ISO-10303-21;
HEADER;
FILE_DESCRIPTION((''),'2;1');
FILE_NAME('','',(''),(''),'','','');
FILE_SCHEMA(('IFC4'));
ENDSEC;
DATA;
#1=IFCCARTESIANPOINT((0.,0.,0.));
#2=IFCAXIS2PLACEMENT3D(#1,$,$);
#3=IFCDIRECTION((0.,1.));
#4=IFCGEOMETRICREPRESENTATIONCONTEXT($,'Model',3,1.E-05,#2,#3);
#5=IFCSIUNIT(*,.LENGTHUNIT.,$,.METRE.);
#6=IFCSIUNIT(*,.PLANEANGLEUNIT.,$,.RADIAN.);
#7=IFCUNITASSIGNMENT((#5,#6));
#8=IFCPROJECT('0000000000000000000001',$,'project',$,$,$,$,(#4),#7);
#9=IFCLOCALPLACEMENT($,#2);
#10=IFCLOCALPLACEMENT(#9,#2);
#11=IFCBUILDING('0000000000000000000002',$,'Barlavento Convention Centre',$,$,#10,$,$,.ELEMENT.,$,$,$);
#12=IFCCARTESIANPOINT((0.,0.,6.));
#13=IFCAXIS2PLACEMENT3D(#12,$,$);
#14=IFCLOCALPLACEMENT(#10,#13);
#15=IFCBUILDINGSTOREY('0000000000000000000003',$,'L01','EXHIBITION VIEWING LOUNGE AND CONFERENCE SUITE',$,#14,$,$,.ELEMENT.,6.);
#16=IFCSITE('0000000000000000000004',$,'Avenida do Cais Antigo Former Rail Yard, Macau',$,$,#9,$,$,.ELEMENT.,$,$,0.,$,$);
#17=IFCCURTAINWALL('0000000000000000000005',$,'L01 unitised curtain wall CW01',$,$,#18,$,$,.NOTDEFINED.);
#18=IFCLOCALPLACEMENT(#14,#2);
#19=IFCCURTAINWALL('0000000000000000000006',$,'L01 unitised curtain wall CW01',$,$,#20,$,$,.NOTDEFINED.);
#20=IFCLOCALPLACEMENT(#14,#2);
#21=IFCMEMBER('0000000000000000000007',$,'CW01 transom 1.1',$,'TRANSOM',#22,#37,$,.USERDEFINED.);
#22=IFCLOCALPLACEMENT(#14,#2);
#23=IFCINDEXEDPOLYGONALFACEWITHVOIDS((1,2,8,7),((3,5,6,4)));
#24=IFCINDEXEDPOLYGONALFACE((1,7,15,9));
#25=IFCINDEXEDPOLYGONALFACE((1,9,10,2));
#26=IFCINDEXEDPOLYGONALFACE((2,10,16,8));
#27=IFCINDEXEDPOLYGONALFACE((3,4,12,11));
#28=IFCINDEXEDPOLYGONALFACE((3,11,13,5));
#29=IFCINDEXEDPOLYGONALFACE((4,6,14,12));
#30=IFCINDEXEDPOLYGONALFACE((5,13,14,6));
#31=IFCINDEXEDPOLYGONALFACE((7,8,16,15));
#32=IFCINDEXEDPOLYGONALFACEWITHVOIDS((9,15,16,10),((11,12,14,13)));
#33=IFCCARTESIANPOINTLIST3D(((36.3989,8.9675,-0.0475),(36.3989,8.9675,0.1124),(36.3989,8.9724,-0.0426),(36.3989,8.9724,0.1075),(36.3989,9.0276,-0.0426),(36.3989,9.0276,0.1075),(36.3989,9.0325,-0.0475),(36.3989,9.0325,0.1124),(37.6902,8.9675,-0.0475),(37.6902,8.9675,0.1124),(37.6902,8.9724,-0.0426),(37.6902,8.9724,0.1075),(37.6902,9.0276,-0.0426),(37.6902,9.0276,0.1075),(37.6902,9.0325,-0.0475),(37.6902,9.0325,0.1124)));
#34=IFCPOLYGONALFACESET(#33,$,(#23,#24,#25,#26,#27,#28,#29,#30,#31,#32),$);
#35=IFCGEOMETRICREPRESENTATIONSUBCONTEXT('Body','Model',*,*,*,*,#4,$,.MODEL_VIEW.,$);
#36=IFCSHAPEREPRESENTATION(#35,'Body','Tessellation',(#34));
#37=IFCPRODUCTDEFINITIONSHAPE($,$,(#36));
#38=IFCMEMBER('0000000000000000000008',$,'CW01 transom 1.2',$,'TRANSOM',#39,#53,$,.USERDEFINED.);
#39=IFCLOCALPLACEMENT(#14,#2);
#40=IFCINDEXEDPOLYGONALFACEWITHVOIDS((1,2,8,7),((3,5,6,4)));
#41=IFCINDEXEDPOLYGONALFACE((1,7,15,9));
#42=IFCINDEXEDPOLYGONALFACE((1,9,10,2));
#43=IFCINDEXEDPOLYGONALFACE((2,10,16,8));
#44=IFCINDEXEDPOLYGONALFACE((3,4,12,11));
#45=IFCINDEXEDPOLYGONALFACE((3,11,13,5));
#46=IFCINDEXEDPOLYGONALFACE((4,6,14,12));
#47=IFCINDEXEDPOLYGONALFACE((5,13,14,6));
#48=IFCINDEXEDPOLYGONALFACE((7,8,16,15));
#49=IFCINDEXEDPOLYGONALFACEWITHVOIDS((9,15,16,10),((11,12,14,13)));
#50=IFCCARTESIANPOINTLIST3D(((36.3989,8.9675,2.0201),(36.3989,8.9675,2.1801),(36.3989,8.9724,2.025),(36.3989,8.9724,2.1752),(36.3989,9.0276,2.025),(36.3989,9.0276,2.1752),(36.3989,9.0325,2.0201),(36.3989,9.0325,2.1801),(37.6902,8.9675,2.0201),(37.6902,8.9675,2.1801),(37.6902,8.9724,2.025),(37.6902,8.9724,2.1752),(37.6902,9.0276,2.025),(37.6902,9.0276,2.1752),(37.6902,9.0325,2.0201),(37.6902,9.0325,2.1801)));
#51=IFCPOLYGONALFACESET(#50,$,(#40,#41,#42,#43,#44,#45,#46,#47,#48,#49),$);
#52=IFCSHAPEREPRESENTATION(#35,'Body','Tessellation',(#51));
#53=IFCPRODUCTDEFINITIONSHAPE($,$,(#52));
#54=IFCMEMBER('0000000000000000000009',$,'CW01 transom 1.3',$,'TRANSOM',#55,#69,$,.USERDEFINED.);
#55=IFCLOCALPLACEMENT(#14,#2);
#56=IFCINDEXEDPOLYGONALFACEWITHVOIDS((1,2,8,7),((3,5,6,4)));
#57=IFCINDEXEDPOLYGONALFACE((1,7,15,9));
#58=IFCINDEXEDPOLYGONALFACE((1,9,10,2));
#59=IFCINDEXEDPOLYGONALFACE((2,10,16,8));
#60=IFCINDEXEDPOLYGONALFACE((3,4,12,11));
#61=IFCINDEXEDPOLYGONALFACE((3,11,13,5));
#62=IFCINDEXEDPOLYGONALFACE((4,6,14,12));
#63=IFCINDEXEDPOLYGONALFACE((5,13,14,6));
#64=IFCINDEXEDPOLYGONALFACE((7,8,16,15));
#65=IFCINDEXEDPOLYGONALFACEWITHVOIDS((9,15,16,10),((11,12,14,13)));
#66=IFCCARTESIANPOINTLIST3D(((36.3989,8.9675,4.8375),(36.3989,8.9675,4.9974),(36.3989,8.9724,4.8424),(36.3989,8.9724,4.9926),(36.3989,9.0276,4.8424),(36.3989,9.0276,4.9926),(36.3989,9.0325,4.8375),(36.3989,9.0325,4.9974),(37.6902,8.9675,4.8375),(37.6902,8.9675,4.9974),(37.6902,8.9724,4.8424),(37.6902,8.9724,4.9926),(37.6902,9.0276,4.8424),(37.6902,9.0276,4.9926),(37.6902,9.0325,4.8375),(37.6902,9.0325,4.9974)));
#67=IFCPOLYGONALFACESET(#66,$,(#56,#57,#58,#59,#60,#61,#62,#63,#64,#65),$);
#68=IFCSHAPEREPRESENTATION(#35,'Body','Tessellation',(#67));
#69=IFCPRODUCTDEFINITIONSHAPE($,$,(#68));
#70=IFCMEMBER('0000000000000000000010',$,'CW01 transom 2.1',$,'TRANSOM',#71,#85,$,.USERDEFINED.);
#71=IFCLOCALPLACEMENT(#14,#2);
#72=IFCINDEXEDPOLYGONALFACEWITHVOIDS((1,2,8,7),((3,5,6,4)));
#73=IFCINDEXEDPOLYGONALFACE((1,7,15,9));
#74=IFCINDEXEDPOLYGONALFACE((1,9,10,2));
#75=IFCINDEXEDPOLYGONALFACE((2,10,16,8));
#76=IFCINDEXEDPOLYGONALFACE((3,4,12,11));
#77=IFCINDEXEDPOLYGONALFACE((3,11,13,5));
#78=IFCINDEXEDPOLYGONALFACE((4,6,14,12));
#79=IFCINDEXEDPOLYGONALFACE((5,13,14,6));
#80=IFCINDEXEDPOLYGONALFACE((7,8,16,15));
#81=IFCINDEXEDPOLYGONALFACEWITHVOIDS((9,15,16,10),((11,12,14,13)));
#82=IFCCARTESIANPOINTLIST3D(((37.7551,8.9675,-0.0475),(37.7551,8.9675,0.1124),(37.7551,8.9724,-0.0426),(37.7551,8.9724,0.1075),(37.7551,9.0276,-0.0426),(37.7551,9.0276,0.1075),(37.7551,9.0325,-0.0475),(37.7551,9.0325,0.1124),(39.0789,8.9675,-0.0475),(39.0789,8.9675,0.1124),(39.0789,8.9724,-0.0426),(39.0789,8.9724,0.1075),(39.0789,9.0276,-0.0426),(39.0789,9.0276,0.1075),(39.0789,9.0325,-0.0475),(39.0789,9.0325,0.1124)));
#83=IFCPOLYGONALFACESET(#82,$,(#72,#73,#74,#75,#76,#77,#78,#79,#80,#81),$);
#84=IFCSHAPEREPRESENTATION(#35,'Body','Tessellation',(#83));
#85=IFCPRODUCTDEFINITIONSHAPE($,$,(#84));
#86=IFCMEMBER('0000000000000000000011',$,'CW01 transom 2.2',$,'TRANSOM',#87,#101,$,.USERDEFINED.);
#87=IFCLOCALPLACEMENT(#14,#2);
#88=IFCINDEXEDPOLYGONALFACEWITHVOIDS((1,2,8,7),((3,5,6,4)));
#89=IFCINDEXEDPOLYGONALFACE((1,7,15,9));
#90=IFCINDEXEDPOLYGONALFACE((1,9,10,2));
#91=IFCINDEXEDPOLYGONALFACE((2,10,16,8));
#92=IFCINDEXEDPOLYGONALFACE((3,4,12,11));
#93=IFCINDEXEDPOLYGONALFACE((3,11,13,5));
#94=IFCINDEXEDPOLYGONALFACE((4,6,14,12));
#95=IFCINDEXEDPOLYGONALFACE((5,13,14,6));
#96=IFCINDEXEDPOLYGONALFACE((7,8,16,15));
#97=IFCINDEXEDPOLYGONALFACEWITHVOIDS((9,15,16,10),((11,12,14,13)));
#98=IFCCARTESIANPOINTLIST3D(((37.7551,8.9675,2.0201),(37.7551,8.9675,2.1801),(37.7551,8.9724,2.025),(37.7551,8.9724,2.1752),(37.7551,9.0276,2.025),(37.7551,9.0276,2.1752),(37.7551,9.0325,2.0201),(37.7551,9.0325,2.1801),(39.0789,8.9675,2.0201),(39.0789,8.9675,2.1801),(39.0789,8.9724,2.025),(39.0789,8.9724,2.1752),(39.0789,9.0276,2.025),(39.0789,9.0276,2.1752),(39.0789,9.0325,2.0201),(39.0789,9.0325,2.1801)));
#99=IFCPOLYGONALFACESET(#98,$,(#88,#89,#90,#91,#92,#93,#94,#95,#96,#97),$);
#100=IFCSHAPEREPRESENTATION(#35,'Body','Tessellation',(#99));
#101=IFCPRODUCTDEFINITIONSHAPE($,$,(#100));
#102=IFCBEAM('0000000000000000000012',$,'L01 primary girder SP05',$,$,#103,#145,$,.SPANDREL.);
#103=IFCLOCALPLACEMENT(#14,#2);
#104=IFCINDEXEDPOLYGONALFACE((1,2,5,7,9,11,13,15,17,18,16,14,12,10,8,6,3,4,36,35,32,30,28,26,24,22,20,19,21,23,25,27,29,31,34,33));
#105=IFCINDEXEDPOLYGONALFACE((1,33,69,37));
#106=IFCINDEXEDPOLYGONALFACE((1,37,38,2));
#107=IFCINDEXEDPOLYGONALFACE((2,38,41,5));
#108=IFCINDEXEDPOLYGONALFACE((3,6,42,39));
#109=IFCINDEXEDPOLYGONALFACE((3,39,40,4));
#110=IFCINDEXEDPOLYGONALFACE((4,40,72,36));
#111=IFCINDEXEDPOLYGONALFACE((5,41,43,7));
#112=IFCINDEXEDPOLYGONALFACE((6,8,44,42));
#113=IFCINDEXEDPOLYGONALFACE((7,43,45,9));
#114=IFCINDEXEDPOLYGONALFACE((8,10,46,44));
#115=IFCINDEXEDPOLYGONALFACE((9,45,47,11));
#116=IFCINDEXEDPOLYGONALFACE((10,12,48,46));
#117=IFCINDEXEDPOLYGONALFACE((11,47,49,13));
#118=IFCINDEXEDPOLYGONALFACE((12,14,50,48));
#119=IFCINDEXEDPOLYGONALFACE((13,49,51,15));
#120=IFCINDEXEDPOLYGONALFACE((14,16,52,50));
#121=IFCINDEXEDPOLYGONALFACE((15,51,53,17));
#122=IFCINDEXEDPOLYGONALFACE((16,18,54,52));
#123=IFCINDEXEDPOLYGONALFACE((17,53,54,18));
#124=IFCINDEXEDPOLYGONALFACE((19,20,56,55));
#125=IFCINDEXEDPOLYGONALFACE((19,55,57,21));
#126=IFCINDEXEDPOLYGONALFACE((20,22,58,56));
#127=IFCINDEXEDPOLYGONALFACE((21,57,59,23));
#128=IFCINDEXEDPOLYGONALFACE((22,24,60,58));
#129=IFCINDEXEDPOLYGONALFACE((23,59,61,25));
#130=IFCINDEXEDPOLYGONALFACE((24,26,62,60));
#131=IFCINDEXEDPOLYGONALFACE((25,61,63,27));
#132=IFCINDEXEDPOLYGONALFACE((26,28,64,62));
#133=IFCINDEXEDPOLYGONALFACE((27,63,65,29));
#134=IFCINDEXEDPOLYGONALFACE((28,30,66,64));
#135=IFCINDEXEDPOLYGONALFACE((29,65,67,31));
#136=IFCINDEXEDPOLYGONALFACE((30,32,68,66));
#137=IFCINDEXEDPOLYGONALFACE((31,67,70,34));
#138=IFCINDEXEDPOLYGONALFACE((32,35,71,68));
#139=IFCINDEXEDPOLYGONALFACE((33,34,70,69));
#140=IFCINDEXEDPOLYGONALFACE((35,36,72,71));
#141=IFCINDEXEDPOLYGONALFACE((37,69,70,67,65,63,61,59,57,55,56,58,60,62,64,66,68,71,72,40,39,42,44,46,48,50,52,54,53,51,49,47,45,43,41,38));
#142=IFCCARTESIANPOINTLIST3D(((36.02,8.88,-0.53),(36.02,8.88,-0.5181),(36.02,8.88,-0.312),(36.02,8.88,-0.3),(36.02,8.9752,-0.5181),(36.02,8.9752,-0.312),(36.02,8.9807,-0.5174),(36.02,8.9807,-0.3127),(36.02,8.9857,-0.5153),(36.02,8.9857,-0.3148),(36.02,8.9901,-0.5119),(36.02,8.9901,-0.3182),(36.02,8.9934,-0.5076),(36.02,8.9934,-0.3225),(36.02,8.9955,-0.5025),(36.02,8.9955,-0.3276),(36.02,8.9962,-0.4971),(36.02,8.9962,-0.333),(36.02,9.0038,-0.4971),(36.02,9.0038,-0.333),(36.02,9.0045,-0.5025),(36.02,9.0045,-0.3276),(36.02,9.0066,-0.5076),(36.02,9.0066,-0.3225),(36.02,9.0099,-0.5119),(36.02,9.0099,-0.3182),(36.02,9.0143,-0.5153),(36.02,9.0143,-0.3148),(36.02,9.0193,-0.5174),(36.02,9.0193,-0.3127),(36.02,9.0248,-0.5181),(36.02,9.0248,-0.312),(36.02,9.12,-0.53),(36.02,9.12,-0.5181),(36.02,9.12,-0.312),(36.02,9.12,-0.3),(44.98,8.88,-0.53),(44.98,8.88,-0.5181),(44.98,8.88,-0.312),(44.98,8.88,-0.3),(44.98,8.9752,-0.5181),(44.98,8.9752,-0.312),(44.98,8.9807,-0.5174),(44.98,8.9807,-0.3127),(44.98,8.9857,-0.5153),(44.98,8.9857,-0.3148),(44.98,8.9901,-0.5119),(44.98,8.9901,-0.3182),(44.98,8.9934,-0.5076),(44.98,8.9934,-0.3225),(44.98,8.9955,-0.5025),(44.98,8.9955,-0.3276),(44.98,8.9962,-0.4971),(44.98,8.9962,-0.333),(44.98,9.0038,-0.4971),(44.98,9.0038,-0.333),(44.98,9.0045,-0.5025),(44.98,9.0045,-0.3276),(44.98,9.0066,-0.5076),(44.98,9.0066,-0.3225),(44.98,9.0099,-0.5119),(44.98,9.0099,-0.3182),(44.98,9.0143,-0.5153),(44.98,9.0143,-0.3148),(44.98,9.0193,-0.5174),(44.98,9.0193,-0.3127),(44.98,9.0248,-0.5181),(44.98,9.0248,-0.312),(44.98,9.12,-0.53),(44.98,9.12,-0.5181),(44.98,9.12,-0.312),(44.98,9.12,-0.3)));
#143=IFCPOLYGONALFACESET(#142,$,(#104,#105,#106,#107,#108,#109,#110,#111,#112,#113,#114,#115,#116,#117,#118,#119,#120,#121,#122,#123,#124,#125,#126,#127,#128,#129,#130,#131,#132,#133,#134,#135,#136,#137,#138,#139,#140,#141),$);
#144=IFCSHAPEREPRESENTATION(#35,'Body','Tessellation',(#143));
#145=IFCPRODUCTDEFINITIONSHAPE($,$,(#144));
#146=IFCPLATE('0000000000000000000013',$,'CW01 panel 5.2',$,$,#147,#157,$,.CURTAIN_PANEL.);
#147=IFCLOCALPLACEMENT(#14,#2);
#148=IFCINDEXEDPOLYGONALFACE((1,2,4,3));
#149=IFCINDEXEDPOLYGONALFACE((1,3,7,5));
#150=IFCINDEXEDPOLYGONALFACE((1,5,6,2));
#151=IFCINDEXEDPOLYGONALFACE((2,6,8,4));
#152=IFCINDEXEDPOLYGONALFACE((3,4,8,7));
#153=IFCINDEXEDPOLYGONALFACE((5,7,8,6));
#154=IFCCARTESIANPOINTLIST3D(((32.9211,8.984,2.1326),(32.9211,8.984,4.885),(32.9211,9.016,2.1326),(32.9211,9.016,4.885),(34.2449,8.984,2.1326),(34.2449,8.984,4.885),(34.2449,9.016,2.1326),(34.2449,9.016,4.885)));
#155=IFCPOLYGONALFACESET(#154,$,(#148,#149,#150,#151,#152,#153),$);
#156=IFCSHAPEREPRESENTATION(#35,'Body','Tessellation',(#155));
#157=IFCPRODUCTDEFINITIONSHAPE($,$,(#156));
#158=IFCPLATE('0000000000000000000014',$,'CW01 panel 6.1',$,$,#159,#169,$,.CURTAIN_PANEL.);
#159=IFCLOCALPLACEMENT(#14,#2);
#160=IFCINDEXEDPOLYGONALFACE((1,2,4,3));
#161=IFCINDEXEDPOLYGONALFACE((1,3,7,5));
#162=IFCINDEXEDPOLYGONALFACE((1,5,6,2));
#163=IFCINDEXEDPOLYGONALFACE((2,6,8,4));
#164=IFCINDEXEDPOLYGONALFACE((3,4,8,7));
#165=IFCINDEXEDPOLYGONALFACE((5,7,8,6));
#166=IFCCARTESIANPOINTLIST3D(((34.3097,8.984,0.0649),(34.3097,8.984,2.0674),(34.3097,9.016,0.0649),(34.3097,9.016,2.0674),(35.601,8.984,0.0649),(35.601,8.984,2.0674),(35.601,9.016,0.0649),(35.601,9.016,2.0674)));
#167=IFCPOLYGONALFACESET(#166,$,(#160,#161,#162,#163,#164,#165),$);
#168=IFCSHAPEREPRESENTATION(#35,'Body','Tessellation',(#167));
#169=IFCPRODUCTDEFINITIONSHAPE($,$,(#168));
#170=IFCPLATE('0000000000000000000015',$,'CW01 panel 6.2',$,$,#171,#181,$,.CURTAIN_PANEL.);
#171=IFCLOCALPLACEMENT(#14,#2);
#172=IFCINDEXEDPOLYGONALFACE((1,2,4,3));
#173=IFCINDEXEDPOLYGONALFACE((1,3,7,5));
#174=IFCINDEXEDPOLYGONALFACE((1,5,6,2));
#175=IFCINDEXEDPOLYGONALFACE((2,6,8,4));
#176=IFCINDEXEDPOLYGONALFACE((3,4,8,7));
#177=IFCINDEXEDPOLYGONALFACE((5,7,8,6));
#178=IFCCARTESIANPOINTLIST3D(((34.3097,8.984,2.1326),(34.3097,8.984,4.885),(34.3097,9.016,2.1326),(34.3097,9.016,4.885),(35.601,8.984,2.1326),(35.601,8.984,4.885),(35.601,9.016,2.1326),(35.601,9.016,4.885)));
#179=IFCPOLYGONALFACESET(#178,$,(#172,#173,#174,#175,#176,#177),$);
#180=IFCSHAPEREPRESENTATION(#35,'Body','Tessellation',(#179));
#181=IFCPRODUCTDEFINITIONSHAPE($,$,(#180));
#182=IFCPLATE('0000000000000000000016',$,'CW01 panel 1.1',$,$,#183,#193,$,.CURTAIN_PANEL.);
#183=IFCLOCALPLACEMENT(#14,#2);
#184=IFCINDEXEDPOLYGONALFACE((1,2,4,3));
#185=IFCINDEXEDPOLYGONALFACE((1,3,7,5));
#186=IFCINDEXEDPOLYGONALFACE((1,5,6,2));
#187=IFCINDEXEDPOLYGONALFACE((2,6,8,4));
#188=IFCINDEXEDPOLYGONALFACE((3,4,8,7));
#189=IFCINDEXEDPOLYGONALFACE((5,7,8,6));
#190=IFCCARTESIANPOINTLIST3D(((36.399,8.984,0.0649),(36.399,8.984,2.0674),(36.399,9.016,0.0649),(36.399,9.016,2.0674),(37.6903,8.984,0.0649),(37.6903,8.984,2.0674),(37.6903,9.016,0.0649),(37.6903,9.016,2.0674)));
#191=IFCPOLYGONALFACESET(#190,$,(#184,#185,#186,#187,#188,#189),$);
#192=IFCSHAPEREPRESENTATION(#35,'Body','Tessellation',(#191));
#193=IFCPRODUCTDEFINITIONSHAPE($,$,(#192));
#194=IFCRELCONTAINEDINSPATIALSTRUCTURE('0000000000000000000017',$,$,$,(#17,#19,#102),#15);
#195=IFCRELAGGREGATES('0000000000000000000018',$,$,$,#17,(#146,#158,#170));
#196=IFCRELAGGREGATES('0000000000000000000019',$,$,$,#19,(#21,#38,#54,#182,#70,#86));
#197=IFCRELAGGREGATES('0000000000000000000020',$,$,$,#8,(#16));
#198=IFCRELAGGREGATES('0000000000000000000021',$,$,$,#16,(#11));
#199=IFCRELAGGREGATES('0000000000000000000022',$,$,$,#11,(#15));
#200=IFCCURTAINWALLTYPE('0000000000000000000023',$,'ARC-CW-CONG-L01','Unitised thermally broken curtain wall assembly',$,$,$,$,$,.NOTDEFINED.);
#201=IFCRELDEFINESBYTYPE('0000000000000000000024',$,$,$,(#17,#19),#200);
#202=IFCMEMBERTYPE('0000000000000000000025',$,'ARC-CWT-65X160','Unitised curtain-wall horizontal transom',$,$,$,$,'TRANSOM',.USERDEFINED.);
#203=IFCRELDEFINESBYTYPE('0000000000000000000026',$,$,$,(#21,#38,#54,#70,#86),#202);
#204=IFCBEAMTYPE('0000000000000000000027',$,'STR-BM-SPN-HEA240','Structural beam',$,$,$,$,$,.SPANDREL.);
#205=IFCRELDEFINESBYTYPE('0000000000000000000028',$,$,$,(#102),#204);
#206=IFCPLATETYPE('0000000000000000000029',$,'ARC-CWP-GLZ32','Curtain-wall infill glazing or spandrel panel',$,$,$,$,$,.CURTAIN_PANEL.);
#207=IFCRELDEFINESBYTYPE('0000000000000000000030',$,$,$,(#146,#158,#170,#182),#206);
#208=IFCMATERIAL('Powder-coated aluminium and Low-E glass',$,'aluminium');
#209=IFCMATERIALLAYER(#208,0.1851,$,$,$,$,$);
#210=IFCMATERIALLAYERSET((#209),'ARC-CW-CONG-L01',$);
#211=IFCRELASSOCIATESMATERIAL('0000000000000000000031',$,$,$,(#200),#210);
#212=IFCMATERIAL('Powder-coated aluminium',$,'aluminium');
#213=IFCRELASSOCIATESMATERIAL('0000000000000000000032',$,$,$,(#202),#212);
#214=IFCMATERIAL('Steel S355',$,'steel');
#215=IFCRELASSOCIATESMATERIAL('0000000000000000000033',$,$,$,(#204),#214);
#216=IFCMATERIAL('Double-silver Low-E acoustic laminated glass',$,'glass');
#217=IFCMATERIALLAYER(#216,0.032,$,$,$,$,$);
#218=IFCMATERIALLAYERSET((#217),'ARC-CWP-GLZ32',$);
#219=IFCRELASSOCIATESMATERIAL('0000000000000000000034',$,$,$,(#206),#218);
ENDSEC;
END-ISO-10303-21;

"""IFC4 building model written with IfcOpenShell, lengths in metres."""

from ifc_helpers import new_model, si_unit, direction, frame, origin, origin_2d, place, context, subcontext, project, spatial, rectangle, hollow_rectangle, i_section, extrude, material, layer, layer_set, material_profile, profile_set, type_object, element, aggregate, save


model = new_model("IFC4")

# Units and contexts
model_context = context("Model", 3, precision=1e-05, world=origin(), true_north=direction((0.0, 1.0)))
body_context = subcontext(model_context, "Body", "Model", "MODEL_VIEW")
ifc_project = project(units=[si_unit("LENGTHUNIT", "METRE"), si_unit("PLANEANGLEUNIT", "RADIAN")], contexts=[model_context])

# Site, building, storey
site_placement = place(None, origin())
site = spatial("IfcSite", under=ifc_project, at=site_placement, Name="Avenida do Cais Antigo Former Rail Yard, Macau", CompositionType="ELEMENT", RefElevation=0.0)
building_placement = place(site_placement, origin())
building = spatial("IfcBuilding", under=site, at=building_placement, Name="Barlavento Convention Centre", CompositionType="ELEMENT")
storey_placement = place(building_placement, frame((0.0, 0.0, 6.0)))
storey = spatial("IfcBuildingStorey", under=building, at=storey_placement, Name="L01", Description="EXHIBITION VIEWING LOUNGE AND CONFERENCE SUITE", CompositionType="ELEMENT", Elevation=6.0)

# Curtain walls
ifc_material_1 = material(Name="Powder-coated aluminium and Low-E glass", Category="aluminium")
ifc_layer_1 = layer(ifc_material_1, 0.1851)
ifc_layer_set_1 = layer_set([ifc_layer_1], Name="ARC-CW-CONG-L01")
curtain_wall_type = type_object("IfcCurtainWallType", Name="ARC-CW-CONG-L01", Description="Unitised thermally broken curtain wall assembly", PredefinedType="NOTDEFINED", material=ifc_layer_set_1)
curtain_wall_1_placement = place(storey_placement, origin())
curtain_wall_1 = element("IfcCurtainWall", 1, at=curtain_wall_1_placement, inside=storey, type_object=curtain_wall_type, Name="L01 unitised curtain wall CW01", PredefinedType="NOTDEFINED")
ifc_material_2 = material(Name="Powder-coated aluminium", Category="aluminium")
curtain_wall_2_placement = place(storey_placement, origin())
curtain_wall_2 = element("IfcCurtainWall", 2, at=curtain_wall_2_placement, inside=storey, type_object=curtain_wall_type, Name="L01 unitised curtain wall CW01", PredefinedType="NOTDEFINED")

# Members
ifc_material_profile_1 = material_profile(ifc_material_2, hollow_rectangle(XDim=0.0649, YDim=0.1599, WallThickness=0.0049, at=origin_2d()), Name="AL-TRAN 65x160x5")
ifc_profile_set_1 = profile_set([ifc_material_profile_1], Name="Powder-coated aluminium")
member_type_1 = type_object("IfcMemberType", Name="ARC-CWT-65X160", Description="Unitised curtain-wall horizontal transom", ElementType="TRANSOM", PredefinedType="USERDEFINED", material=ifc_profile_set_1)
member_1_placement = place(storey_placement, frame((36.3989, 9.0, 0.0325), z_axis=(1.0, 0.0, 0.0), x_axis=(0.0, 1.0, 0.0)))
member_1 = element("IfcMember", 3, at=member_1_placement, type_object=member_type_1, Name="CW01 transom 1.1", ObjectType="TRANSOM", PredefinedType="USERDEFINED", context=body_context, shape_type="SweptSolid", body=[
    extrude(hollow_rectangle(XDim=0.0649, YDim=0.1599, WallThickness=0.0049, at=origin_2d()), origin(), (0.0, 0.0, 1.0), 1.2913),
])
member_2_placement = place(storey_placement, frame((36.3989, 9.0, 2.1001), z_axis=(1.0, 0.0, 0.0), x_axis=(0.0, 1.0, 0.0)))
member_2 = element("IfcMember", 4, at=member_2_placement, type_object=member_type_1, Name="CW01 transom 1.2", ObjectType="TRANSOM", PredefinedType="USERDEFINED", context=body_context, shape_type="SweptSolid", body=[
    extrude(hollow_rectangle(XDim=0.0649, YDim=0.1599, WallThickness=0.0049, at=origin_2d()), origin(), (0.0, 0.0, 1.0), 1.2913),
])
member_3_placement = place(storey_placement, frame((36.3989, 9.0, 4.9175), z_axis=(1.0, 0.0, 0.0), x_axis=(0.0, 1.0, 0.0)))
member_3 = element("IfcMember", 5, at=member_3_placement, type_object=member_type_1, Name="CW01 transom 1.3", ObjectType="TRANSOM", PredefinedType="USERDEFINED", context=body_context, shape_type="SweptSolid", body=[
    extrude(hollow_rectangle(XDim=0.0649, YDim=0.1599, WallThickness=0.0049, at=origin_2d()), origin(), (0.0, 0.0, 1.0), 1.2913),
])
member_4_placement = place(storey_placement, frame((37.7551, 9.0, 0.0325), z_axis=(1.0, 0.0, 0.0), x_axis=(0.0, 1.0, 0.0)))
member_4 = element("IfcMember", 6, at=member_4_placement, type_object=member_type_1, Name="CW01 transom 2.1", ObjectType="TRANSOM", PredefinedType="USERDEFINED", context=body_context, shape_type="SweptSolid", body=[
    extrude(hollow_rectangle(XDim=0.0649, YDim=0.1599, WallThickness=0.0049, at=origin_2d()), origin(), (0.0, 0.0, 1.0), 1.3237),
])
member_5_placement = place(storey_placement, frame((37.7551, 9.0, 2.1001), z_axis=(1.0, 0.0, 0.0), x_axis=(0.0, 1.0, 0.0)))
member_5 = element("IfcMember", 7, at=member_5_placement, type_object=member_type_1, Name="CW01 transom 2.2", ObjectType="TRANSOM", PredefinedType="USERDEFINED", context=body_context, shape_type="SweptSolid", body=[
    extrude(hollow_rectangle(XDim=0.0649, YDim=0.1599, WallThickness=0.0049, at=origin_2d()), origin(), (0.0, 0.0, 1.0), 1.3237),
])

# Beam
ifc_material_3 = material(Name="Steel S355", Category="steel")
ifc_material_profile_2 = material_profile(ifc_material_3, i_section(OverallWidth=0.24, OverallDepth=0.23, WebThickness=0.0076, FlangeThickness=0.012, FilletRadius=0.021, at=origin_2d()), Name="HEA 240")
ifc_profile_set_2 = profile_set([ifc_material_profile_2], Name="Steel S355")
beam_type = type_object("IfcBeamType", Name="STR-BM-SPN-HEA240", Description="Structural beam", PredefinedType="SPANDREL", material=ifc_profile_set_2)
beam_placement = place(storey_placement, frame((36.02, 9.0, -0.415), z_axis=(1.0, 0.0, 0.0), x_axis=(0.0, 1.0, 0.0)))
element("IfcBeam", 8, at=beam_placement, inside=storey, type_object=beam_type, Name="L01 primary girder SP05", PredefinedType="SPANDREL", context=body_context, shape_type="SweptSolid", body=[
    extrude(i_section(OverallWidth=0.24, OverallDepth=0.23, WebThickness=0.0076, FlangeThickness=0.012, FilletRadius=0.021, at=origin_2d()), origin(), (0.0, 0.0, 1.0), 8.96),
])

# Plates
ifc_material_4 = material(Name="Double-silver Low-E acoustic laminated glass", Category="glass")
ifc_layer_2 = layer(ifc_material_4, 0.032)
ifc_layer_set_2 = layer_set([ifc_layer_2], Name="ARC-CWP-GLZ32")
plate_type_1 = type_object("IfcPlateType", Name="ARC-CWP-GLZ32", Description="Curtain-wall infill glazing or spandrel panel", PredefinedType="CURTAIN_PANEL", material=ifc_layer_set_2)
plate_1_placement = place(storey_placement, frame((33.583, 9.0, 2.1326), z_axis=(0.0, 0.0, 1.0), x_axis=(1.0, 0.0, 0.0)))
plate_1 = element("IfcPlate", 9, at=plate_1_placement, type_object=plate_type_1, Name="CW01 panel 5.2", PredefinedType="CURTAIN_PANEL", context=body_context, shape_type="SweptSolid", body=[
    extrude(rectangle(XDim=1.3237, YDim=0.032, at=origin_2d()), origin(), (0.0, 0.0, 1.0), 2.7524),
])
plate_2_placement = place(storey_placement, frame((34.9553, 9.0, 0.0649), z_axis=(0.0, 0.0, 1.0), x_axis=(1.0, 0.0, 0.0)))
plate_2 = element("IfcPlate", 10, at=plate_2_placement, type_object=plate_type_1, Name="CW01 panel 6.1", PredefinedType="CURTAIN_PANEL", context=body_context, shape_type="SweptSolid", body=[
    extrude(rectangle(XDim=1.2913, YDim=0.032, at=origin_2d()), origin(), (0.0, 0.0, 1.0), 2.0024),
])
plate_3_placement = place(storey_placement, frame((34.9553, 9.0, 2.1326), z_axis=(0.0, 0.0, 1.0), x_axis=(1.0, 0.0, 0.0)))
plate_3 = element("IfcPlate", 11, at=plate_3_placement, type_object=plate_type_1, Name="CW01 panel 6.2", PredefinedType="CURTAIN_PANEL", context=body_context, shape_type="SweptSolid", body=[
    extrude(rectangle(XDim=1.2913, YDim=0.032, at=origin_2d()), origin(), (0.0, 0.0, 1.0), 2.7524),
])
aggregate(curtain_wall_1, [plate_1, plate_2, plate_3])
plate_4_placement = place(storey_placement, frame((37.0447, 9.0, 0.0649), z_axis=(0.0, 0.0, 1.0), x_axis=(1.0, 0.0, 0.0)))
plate_4 = element("IfcPlate", 12, at=plate_4_placement, type_object=plate_type_1, Name="CW01 panel 1.1", PredefinedType="CURTAIN_PANEL", context=body_context, shape_type="SweptSolid", body=[
    extrude(rectangle(XDim=1.2913, YDim=0.032, at=origin_2d()), origin(), (0.0, 0.0, 1.0), 2.0024),
])
aggregate(curtain_wall_2, [member_1, member_2, member_3, plate_4, member_4, member_5])

save(model, "model.ifc")
